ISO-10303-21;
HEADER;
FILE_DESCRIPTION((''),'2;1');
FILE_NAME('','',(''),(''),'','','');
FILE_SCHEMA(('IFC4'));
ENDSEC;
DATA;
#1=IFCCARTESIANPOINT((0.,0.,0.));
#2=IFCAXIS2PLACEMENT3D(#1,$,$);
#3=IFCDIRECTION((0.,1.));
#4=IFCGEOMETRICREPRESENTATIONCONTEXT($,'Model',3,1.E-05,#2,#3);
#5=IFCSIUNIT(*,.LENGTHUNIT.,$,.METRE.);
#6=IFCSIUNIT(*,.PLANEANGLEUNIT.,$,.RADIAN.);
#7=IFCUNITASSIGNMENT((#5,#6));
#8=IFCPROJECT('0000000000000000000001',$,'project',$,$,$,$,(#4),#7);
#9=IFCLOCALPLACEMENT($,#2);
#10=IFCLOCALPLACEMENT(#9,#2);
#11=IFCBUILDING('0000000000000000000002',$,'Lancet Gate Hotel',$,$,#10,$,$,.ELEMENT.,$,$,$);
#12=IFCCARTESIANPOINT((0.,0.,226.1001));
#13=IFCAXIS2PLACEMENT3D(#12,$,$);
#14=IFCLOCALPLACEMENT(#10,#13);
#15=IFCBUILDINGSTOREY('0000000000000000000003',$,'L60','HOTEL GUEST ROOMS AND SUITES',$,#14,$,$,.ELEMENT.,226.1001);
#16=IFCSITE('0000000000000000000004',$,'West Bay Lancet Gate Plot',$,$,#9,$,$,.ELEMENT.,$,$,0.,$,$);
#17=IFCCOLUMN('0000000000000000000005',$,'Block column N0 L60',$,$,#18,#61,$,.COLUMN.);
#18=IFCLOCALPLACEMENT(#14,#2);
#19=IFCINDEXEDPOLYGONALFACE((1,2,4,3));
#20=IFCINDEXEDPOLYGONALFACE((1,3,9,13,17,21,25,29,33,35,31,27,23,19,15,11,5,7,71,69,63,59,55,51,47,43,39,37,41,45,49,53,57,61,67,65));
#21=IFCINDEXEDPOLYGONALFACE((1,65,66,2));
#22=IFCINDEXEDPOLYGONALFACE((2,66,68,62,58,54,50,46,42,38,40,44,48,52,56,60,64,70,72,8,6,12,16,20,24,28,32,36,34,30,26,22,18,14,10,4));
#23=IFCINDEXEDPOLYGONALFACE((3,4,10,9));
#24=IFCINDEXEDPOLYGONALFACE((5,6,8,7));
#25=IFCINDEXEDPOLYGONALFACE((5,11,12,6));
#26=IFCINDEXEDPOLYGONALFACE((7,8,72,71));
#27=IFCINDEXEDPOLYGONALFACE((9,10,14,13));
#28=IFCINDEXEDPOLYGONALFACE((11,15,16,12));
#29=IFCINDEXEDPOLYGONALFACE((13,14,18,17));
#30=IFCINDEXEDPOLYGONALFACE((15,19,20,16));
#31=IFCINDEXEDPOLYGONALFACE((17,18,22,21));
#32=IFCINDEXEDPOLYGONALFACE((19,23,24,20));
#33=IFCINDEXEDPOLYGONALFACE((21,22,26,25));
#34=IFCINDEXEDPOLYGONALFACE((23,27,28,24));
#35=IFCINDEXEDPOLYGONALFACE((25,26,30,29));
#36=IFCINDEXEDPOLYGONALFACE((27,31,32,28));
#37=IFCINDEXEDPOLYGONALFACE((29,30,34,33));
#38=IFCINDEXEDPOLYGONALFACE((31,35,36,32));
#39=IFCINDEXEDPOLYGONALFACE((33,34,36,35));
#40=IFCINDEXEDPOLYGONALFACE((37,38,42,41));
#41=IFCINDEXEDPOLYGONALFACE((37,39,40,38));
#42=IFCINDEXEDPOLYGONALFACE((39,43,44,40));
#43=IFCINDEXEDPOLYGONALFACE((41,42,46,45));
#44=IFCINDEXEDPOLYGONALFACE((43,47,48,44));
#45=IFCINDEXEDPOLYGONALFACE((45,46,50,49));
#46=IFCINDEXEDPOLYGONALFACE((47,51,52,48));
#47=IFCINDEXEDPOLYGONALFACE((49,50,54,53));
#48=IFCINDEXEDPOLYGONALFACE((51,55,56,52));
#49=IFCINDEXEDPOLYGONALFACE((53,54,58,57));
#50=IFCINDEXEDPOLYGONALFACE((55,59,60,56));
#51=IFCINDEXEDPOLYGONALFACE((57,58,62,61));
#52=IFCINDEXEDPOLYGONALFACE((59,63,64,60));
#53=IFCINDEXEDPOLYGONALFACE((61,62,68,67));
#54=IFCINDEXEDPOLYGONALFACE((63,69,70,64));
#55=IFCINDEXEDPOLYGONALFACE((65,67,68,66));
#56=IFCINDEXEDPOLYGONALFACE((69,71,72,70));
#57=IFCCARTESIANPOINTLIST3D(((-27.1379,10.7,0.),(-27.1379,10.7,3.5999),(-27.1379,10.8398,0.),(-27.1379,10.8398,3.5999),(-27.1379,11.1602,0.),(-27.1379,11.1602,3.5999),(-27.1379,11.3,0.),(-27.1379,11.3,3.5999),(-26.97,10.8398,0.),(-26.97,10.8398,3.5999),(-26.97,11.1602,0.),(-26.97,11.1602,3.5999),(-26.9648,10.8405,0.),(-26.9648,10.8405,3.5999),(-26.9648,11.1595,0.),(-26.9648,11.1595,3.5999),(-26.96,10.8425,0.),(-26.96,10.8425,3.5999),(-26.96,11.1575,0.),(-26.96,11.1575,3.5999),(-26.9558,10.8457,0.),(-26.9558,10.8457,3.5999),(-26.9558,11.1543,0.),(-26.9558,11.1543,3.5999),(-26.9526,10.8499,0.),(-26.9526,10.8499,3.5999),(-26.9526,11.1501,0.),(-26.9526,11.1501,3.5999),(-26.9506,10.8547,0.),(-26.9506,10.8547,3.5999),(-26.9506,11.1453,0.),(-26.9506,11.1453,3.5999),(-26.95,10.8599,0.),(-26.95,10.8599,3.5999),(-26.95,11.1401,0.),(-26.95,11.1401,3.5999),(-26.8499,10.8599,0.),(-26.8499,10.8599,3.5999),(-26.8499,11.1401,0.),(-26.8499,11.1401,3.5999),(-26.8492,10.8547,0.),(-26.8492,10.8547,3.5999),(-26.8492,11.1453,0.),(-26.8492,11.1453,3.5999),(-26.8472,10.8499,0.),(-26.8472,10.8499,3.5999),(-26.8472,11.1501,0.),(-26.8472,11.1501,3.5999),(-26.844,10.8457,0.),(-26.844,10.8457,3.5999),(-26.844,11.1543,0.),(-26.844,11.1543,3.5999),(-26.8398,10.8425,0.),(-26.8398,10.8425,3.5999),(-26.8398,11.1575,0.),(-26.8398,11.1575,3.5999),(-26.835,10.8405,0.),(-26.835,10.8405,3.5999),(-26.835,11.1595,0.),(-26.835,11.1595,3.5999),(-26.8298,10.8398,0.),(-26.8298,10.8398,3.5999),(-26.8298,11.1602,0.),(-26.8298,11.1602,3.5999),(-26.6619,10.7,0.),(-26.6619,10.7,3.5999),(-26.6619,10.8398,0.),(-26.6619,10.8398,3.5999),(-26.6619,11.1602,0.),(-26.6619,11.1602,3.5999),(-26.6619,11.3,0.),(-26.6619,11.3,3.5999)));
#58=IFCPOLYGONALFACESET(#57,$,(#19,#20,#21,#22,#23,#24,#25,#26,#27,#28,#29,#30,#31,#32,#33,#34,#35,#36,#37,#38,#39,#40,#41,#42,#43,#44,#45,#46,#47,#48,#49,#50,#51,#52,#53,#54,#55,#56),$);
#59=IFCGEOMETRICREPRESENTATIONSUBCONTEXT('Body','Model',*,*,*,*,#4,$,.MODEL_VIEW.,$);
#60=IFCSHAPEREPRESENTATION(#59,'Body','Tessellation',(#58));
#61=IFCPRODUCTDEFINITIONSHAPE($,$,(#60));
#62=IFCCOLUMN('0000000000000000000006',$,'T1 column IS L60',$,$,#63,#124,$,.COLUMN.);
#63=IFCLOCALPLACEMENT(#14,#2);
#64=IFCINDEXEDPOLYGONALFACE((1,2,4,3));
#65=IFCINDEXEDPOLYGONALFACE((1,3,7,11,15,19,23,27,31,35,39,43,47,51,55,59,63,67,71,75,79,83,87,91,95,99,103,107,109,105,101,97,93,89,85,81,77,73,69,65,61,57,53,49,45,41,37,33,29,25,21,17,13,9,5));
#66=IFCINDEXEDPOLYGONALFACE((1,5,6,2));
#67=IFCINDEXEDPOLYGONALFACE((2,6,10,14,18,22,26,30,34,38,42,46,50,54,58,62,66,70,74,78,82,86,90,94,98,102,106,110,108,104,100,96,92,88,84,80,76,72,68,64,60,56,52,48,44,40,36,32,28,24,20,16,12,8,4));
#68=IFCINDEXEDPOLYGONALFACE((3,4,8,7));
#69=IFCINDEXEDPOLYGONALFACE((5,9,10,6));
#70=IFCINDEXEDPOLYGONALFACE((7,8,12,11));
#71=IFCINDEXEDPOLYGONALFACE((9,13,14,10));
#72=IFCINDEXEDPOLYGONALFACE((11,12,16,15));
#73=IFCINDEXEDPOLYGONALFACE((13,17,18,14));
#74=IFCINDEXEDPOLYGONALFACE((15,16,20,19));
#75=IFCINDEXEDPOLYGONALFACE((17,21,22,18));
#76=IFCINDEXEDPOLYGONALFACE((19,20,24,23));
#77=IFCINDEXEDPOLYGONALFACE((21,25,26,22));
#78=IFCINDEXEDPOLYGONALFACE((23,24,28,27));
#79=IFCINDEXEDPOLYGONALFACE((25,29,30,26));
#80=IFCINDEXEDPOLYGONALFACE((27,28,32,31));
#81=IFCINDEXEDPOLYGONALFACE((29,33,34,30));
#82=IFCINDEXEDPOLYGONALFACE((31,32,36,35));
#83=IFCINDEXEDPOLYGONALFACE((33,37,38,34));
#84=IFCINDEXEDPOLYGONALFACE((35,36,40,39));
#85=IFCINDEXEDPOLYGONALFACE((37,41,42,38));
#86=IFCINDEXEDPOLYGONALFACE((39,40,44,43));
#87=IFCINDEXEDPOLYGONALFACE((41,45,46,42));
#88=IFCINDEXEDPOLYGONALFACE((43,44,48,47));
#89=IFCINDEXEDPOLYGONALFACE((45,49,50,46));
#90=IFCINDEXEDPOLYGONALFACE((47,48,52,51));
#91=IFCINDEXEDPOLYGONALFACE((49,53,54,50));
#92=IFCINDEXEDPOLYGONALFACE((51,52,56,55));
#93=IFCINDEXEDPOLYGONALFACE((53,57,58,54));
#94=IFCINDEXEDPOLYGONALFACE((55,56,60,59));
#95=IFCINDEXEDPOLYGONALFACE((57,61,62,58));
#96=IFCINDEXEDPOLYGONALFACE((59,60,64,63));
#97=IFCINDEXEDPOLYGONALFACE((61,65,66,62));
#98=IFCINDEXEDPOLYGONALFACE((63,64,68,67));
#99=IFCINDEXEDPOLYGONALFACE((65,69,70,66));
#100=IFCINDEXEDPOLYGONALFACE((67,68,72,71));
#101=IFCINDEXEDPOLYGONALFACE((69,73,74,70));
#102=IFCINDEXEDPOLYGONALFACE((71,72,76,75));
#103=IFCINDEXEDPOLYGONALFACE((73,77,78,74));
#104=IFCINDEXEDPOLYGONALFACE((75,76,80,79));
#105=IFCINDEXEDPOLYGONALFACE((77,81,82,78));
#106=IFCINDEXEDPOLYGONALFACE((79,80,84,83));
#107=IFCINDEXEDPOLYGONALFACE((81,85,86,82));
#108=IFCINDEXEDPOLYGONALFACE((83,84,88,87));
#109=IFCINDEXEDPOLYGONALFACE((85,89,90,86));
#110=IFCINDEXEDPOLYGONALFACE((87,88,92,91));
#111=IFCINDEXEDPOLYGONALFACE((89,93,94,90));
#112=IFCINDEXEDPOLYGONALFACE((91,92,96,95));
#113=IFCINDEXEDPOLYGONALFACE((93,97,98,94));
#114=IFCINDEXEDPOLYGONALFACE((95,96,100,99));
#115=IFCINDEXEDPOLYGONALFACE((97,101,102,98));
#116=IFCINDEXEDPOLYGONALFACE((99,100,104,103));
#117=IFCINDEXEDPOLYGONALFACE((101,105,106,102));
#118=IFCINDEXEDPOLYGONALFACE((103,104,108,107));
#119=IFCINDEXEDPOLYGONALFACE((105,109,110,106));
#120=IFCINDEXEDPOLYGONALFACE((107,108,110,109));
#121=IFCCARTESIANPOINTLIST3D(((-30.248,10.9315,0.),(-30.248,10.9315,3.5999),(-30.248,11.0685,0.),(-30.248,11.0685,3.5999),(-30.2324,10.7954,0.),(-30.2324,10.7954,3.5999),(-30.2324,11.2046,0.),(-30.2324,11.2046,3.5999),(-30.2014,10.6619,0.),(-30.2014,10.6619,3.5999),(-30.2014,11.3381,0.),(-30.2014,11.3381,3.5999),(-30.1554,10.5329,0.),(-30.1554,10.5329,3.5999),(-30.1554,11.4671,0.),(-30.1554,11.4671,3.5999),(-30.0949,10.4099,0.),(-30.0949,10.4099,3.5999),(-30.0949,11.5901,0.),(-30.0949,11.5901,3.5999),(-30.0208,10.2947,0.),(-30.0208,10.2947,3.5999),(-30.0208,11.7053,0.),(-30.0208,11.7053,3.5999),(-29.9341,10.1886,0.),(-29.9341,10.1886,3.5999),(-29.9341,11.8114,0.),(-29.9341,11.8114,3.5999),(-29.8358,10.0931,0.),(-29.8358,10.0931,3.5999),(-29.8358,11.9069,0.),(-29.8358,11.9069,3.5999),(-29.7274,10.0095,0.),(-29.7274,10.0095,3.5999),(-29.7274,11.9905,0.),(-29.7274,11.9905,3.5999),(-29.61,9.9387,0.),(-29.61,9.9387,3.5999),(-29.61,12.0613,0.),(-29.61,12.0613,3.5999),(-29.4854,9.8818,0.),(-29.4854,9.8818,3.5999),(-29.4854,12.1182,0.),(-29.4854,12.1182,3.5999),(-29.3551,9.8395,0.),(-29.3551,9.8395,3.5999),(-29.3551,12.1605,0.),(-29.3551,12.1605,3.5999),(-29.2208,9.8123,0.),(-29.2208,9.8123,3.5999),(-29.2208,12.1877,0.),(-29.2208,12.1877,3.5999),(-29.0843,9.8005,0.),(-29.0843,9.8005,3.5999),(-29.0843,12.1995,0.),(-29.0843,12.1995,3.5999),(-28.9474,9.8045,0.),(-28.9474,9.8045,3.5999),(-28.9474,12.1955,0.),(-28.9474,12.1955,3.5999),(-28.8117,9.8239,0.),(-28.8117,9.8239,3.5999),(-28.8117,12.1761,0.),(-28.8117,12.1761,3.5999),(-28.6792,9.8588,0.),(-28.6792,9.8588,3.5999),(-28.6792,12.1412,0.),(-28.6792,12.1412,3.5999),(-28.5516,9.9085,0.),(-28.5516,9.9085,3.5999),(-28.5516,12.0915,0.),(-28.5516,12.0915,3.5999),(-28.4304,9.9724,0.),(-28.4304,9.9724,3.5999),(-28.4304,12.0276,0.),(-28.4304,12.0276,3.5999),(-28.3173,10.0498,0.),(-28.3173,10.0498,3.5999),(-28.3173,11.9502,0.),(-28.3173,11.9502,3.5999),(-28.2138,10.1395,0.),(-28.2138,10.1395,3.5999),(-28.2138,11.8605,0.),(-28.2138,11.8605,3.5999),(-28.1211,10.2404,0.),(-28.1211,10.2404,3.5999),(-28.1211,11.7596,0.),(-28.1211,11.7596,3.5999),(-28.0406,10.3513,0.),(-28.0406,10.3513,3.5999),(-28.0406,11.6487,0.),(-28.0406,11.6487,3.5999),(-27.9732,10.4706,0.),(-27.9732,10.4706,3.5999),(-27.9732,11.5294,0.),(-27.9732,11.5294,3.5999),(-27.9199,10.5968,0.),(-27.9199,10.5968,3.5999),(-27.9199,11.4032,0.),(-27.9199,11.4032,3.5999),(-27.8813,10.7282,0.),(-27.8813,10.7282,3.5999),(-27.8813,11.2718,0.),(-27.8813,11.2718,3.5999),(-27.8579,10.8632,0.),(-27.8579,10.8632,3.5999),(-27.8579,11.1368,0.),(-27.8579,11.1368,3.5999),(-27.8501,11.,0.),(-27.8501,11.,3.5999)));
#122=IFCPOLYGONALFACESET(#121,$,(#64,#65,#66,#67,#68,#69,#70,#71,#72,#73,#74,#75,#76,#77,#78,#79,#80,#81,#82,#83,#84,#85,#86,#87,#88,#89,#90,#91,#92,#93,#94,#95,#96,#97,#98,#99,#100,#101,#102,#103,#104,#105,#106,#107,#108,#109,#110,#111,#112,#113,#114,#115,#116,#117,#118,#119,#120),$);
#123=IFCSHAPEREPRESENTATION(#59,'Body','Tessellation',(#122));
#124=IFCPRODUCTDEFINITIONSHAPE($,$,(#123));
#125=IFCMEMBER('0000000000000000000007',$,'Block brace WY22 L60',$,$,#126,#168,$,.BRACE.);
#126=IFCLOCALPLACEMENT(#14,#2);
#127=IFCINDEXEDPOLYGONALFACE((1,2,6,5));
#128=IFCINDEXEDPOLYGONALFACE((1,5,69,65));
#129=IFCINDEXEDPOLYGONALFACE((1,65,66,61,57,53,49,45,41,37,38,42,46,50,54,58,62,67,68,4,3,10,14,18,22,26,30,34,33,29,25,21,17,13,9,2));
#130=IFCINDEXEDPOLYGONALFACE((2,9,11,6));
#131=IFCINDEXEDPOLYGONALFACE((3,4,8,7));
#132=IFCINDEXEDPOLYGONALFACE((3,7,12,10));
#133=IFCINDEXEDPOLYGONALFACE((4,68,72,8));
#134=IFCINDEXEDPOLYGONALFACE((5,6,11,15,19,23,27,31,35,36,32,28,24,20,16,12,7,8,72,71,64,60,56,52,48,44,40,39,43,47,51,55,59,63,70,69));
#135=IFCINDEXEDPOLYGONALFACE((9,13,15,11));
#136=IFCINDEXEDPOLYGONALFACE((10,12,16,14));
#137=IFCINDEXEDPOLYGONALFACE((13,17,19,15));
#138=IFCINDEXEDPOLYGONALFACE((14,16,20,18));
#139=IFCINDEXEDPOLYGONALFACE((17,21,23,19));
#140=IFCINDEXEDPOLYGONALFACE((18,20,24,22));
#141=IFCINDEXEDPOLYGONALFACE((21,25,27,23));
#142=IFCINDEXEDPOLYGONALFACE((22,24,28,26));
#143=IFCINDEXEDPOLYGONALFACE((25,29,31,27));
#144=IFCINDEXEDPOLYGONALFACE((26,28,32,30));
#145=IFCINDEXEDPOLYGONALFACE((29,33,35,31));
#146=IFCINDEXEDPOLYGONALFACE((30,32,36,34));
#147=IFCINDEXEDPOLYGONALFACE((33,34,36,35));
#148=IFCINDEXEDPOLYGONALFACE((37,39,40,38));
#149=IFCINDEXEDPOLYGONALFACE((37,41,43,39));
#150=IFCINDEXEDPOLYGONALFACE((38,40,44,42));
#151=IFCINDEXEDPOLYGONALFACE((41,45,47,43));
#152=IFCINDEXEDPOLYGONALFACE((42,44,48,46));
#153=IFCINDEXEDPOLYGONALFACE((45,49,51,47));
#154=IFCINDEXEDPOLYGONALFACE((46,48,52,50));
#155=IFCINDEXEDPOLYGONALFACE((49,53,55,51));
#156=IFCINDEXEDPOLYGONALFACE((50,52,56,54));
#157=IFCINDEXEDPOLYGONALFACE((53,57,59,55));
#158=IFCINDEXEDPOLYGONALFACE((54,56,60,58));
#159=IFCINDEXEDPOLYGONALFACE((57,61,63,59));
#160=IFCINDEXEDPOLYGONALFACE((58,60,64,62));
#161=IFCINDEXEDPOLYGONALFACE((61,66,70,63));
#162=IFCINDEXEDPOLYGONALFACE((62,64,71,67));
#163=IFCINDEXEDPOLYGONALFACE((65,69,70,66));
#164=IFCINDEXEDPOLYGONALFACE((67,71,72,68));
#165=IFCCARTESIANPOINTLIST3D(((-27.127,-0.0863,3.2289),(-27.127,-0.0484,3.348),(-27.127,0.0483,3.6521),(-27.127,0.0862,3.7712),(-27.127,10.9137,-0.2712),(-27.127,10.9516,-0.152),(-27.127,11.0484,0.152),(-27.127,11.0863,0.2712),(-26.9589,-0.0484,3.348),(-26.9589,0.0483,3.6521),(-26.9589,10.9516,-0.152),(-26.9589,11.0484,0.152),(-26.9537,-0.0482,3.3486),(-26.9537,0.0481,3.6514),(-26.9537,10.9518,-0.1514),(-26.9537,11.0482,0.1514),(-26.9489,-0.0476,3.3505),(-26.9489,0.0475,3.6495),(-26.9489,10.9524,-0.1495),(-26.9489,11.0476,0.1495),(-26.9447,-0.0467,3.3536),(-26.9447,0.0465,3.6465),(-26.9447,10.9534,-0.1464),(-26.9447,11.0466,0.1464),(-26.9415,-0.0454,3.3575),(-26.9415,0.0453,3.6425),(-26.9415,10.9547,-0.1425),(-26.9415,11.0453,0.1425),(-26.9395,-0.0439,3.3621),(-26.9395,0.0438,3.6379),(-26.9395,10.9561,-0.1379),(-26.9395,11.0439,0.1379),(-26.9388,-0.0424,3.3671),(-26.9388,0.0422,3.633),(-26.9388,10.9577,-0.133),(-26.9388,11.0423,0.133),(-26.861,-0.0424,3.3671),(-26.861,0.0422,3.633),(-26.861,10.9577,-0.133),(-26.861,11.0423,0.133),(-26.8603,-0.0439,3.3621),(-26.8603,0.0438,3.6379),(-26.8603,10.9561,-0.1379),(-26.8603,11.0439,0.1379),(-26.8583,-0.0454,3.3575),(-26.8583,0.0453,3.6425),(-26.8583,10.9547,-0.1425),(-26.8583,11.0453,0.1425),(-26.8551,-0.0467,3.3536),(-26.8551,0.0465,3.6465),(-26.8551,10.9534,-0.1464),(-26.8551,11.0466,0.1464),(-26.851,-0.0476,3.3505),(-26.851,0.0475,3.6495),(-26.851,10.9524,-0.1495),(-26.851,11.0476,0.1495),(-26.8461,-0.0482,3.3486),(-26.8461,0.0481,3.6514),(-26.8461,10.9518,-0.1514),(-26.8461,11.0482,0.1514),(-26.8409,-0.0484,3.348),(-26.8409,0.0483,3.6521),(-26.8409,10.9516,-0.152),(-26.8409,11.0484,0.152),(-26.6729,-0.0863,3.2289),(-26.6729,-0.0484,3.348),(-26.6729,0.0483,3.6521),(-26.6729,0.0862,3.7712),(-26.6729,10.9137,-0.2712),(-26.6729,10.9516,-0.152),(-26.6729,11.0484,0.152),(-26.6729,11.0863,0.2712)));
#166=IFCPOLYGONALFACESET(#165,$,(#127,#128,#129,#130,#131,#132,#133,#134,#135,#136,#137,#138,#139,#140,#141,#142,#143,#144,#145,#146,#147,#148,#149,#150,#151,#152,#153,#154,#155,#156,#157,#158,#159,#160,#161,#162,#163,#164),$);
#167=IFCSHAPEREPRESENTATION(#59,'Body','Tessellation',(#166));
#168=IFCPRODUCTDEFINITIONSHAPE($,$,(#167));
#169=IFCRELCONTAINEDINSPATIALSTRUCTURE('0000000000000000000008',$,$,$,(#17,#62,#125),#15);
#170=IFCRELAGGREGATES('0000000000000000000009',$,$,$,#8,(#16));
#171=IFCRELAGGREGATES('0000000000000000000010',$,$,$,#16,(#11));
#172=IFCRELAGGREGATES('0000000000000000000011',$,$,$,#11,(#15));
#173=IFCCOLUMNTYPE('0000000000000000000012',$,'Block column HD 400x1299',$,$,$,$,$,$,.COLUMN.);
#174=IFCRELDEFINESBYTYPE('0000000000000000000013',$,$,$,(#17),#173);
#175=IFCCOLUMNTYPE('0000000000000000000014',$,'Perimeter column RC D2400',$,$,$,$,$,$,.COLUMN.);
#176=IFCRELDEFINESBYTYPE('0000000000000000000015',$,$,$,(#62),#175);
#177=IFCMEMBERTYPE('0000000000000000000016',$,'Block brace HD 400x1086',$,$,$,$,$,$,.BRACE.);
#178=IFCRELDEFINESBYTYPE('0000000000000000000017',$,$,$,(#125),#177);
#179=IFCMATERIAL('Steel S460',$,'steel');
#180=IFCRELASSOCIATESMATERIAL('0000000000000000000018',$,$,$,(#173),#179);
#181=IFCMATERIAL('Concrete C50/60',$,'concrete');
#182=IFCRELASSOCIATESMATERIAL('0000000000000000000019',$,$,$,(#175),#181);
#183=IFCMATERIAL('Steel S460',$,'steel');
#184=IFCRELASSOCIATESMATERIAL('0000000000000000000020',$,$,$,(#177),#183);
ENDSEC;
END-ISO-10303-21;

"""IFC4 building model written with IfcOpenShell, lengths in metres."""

from ifc_helpers import new_model, si_unit, direction, frame, origin, origin_2d, place, context, subcontext, project, spatial, circle, i_section, extrude, material, material_profile, profile_set, type_object, element, save


model = new_model("IFC4")

# Units and contexts
model_context = context("Model", 3, precision=1e-05, world=origin(), true_north=direction((0.0, 1.0)))
body_context = subcontext(model_context, "Body", "Model", "MODEL_VIEW")
ifc_project = project(units=[si_unit("LENGTHUNIT", "METRE"), si_unit("PLANEANGLEUNIT", "RADIAN")], contexts=[model_context])

# Site, building, storey
site_placement = place(None, origin())
site = spatial("IfcSite", under=ifc_project, at=site_placement, Name="West Bay Lancet Gate Plot", CompositionType="ELEMENT", RefElevation=0.0)
building_placement = place(site_placement, origin())
building = spatial("IfcBuilding", under=site, at=building_placement, Name="Lancet Gate Hotel", CompositionType="ELEMENT")
storey_placement = place(building_placement, frame((0.0, 0.0, 226.1001)))
storey = spatial("IfcBuildingStorey", under=building, at=storey_placement, Name="L60", Description="HOTEL GUEST ROOMS AND SUITES", CompositionType="ELEMENT", Elevation=226.1001)

# Columns
ifc_material_1 = material(Name="Steel S460", Category="steel")
ifc_material_profile_1 = material_profile(ifc_material_1, i_section(OverallWidth=0.4761, OverallDepth=0.6001, WebThickness=0.1001, FlangeThickness=0.1399, FilletRadius=0.02, at=origin_2d()), Name="HD 400x1299")
ifc_profile_set_1 = profile_set([ifc_material_profile_1], Name="Steel S460")
column_type_1 = type_object("IfcColumnType", Name="Block column HD 400x1299", PredefinedType="COLUMN", material=ifc_profile_set_1)
column_1_placement = place(storey_placement, frame((-26.8999, 11.0, 0.0), z_axis=(0.0, 0.0, 1.0), x_axis=(1.0, 0.0, 0.0)))
element("IfcColumn", 1, at=column_1_placement, inside=storey, type_object=column_type_1, Name="Block column N0 L60", PredefinedType="COLUMN", context=body_context, shape_type="SweptSolid", body=[
    extrude(i_section(OverallWidth=0.4761, OverallDepth=0.6001, WebThickness=0.1001, FlangeThickness=0.1399, FilletRadius=0.02, at=origin_2d()), origin(), (0.0, 0.0, 1.0), 3.5999),
])
ifc_material_2 = material(Name="Concrete C50/60", Category="concrete")
ifc_material_profile_2 = material_profile(ifc_material_2, circle(Radius=1.2, at=origin_2d()), Name="RC D2400")
ifc_profile_set_2 = profile_set([ifc_material_profile_2], Name="Concrete C50/60")
column_type_2 = type_object("IfcColumnType", Name="Perimeter column RC D2400", PredefinedType="COLUMN", material=ifc_profile_set_2)
column_2_placement = place(storey_placement, frame((-29.05, 11.0, 0.0), z_axis=(0.0, 0.0, 1.0), x_axis=(1.0, 0.0, 0.0)))
element("IfcColumn", 2, at=column_2_placement, inside=storey, type_object=column_type_2, Name="T1 column IS L60", PredefinedType="COLUMN", context=body_context, shape_type="SweptSolid", body=[
    extrude(circle(Radius=1.2, at=origin_2d()), origin(), (0.0, 0.0, 1.0), 3.5999),
])

# Member
ifc_material_3 = material(Name="Steel S460", Category="steel")
ifc_material_profile_3 = material_profile(ifc_material_3, i_section(OverallWidth=0.4541, OverallDepth=0.5691, WebThickness=0.0779, FlangeThickness=0.125, FilletRadius=0.02, at=origin_2d()), Name="HD 400x1086")
ifc_profile_set_3 = profile_set([ifc_material_profile_3], Name="Steel S460")
member_type = type_object("IfcMemberType", Name="Block brace HD 400x1086", PredefinedType="BRACE", material=ifc_profile_set_3)
member_1_placement = place(storey_placement, frame((-26.8999, 11.0, 0.0), z_axis=(0.0, -0.952926, 0.303204), x_axis=(1.0, 0.0, 0.0)))
element("IfcMember", 3, at=member_1_placement, inside=storey, type_object=member_type, Name="Block brace WY22 L60", PredefinedType="BRACE", context=body_context, shape_type="SweptSolid", body=[
    extrude(i_section(OverallWidth=0.4541, OverallDepth=0.5691, WebThickness=0.0779, FlangeThickness=0.125, FilletRadius=0.02, at=origin_2d()), origin(), (0.0, 0.0, 1.0), 11.5435),
])

save(model, "model.ifc")
